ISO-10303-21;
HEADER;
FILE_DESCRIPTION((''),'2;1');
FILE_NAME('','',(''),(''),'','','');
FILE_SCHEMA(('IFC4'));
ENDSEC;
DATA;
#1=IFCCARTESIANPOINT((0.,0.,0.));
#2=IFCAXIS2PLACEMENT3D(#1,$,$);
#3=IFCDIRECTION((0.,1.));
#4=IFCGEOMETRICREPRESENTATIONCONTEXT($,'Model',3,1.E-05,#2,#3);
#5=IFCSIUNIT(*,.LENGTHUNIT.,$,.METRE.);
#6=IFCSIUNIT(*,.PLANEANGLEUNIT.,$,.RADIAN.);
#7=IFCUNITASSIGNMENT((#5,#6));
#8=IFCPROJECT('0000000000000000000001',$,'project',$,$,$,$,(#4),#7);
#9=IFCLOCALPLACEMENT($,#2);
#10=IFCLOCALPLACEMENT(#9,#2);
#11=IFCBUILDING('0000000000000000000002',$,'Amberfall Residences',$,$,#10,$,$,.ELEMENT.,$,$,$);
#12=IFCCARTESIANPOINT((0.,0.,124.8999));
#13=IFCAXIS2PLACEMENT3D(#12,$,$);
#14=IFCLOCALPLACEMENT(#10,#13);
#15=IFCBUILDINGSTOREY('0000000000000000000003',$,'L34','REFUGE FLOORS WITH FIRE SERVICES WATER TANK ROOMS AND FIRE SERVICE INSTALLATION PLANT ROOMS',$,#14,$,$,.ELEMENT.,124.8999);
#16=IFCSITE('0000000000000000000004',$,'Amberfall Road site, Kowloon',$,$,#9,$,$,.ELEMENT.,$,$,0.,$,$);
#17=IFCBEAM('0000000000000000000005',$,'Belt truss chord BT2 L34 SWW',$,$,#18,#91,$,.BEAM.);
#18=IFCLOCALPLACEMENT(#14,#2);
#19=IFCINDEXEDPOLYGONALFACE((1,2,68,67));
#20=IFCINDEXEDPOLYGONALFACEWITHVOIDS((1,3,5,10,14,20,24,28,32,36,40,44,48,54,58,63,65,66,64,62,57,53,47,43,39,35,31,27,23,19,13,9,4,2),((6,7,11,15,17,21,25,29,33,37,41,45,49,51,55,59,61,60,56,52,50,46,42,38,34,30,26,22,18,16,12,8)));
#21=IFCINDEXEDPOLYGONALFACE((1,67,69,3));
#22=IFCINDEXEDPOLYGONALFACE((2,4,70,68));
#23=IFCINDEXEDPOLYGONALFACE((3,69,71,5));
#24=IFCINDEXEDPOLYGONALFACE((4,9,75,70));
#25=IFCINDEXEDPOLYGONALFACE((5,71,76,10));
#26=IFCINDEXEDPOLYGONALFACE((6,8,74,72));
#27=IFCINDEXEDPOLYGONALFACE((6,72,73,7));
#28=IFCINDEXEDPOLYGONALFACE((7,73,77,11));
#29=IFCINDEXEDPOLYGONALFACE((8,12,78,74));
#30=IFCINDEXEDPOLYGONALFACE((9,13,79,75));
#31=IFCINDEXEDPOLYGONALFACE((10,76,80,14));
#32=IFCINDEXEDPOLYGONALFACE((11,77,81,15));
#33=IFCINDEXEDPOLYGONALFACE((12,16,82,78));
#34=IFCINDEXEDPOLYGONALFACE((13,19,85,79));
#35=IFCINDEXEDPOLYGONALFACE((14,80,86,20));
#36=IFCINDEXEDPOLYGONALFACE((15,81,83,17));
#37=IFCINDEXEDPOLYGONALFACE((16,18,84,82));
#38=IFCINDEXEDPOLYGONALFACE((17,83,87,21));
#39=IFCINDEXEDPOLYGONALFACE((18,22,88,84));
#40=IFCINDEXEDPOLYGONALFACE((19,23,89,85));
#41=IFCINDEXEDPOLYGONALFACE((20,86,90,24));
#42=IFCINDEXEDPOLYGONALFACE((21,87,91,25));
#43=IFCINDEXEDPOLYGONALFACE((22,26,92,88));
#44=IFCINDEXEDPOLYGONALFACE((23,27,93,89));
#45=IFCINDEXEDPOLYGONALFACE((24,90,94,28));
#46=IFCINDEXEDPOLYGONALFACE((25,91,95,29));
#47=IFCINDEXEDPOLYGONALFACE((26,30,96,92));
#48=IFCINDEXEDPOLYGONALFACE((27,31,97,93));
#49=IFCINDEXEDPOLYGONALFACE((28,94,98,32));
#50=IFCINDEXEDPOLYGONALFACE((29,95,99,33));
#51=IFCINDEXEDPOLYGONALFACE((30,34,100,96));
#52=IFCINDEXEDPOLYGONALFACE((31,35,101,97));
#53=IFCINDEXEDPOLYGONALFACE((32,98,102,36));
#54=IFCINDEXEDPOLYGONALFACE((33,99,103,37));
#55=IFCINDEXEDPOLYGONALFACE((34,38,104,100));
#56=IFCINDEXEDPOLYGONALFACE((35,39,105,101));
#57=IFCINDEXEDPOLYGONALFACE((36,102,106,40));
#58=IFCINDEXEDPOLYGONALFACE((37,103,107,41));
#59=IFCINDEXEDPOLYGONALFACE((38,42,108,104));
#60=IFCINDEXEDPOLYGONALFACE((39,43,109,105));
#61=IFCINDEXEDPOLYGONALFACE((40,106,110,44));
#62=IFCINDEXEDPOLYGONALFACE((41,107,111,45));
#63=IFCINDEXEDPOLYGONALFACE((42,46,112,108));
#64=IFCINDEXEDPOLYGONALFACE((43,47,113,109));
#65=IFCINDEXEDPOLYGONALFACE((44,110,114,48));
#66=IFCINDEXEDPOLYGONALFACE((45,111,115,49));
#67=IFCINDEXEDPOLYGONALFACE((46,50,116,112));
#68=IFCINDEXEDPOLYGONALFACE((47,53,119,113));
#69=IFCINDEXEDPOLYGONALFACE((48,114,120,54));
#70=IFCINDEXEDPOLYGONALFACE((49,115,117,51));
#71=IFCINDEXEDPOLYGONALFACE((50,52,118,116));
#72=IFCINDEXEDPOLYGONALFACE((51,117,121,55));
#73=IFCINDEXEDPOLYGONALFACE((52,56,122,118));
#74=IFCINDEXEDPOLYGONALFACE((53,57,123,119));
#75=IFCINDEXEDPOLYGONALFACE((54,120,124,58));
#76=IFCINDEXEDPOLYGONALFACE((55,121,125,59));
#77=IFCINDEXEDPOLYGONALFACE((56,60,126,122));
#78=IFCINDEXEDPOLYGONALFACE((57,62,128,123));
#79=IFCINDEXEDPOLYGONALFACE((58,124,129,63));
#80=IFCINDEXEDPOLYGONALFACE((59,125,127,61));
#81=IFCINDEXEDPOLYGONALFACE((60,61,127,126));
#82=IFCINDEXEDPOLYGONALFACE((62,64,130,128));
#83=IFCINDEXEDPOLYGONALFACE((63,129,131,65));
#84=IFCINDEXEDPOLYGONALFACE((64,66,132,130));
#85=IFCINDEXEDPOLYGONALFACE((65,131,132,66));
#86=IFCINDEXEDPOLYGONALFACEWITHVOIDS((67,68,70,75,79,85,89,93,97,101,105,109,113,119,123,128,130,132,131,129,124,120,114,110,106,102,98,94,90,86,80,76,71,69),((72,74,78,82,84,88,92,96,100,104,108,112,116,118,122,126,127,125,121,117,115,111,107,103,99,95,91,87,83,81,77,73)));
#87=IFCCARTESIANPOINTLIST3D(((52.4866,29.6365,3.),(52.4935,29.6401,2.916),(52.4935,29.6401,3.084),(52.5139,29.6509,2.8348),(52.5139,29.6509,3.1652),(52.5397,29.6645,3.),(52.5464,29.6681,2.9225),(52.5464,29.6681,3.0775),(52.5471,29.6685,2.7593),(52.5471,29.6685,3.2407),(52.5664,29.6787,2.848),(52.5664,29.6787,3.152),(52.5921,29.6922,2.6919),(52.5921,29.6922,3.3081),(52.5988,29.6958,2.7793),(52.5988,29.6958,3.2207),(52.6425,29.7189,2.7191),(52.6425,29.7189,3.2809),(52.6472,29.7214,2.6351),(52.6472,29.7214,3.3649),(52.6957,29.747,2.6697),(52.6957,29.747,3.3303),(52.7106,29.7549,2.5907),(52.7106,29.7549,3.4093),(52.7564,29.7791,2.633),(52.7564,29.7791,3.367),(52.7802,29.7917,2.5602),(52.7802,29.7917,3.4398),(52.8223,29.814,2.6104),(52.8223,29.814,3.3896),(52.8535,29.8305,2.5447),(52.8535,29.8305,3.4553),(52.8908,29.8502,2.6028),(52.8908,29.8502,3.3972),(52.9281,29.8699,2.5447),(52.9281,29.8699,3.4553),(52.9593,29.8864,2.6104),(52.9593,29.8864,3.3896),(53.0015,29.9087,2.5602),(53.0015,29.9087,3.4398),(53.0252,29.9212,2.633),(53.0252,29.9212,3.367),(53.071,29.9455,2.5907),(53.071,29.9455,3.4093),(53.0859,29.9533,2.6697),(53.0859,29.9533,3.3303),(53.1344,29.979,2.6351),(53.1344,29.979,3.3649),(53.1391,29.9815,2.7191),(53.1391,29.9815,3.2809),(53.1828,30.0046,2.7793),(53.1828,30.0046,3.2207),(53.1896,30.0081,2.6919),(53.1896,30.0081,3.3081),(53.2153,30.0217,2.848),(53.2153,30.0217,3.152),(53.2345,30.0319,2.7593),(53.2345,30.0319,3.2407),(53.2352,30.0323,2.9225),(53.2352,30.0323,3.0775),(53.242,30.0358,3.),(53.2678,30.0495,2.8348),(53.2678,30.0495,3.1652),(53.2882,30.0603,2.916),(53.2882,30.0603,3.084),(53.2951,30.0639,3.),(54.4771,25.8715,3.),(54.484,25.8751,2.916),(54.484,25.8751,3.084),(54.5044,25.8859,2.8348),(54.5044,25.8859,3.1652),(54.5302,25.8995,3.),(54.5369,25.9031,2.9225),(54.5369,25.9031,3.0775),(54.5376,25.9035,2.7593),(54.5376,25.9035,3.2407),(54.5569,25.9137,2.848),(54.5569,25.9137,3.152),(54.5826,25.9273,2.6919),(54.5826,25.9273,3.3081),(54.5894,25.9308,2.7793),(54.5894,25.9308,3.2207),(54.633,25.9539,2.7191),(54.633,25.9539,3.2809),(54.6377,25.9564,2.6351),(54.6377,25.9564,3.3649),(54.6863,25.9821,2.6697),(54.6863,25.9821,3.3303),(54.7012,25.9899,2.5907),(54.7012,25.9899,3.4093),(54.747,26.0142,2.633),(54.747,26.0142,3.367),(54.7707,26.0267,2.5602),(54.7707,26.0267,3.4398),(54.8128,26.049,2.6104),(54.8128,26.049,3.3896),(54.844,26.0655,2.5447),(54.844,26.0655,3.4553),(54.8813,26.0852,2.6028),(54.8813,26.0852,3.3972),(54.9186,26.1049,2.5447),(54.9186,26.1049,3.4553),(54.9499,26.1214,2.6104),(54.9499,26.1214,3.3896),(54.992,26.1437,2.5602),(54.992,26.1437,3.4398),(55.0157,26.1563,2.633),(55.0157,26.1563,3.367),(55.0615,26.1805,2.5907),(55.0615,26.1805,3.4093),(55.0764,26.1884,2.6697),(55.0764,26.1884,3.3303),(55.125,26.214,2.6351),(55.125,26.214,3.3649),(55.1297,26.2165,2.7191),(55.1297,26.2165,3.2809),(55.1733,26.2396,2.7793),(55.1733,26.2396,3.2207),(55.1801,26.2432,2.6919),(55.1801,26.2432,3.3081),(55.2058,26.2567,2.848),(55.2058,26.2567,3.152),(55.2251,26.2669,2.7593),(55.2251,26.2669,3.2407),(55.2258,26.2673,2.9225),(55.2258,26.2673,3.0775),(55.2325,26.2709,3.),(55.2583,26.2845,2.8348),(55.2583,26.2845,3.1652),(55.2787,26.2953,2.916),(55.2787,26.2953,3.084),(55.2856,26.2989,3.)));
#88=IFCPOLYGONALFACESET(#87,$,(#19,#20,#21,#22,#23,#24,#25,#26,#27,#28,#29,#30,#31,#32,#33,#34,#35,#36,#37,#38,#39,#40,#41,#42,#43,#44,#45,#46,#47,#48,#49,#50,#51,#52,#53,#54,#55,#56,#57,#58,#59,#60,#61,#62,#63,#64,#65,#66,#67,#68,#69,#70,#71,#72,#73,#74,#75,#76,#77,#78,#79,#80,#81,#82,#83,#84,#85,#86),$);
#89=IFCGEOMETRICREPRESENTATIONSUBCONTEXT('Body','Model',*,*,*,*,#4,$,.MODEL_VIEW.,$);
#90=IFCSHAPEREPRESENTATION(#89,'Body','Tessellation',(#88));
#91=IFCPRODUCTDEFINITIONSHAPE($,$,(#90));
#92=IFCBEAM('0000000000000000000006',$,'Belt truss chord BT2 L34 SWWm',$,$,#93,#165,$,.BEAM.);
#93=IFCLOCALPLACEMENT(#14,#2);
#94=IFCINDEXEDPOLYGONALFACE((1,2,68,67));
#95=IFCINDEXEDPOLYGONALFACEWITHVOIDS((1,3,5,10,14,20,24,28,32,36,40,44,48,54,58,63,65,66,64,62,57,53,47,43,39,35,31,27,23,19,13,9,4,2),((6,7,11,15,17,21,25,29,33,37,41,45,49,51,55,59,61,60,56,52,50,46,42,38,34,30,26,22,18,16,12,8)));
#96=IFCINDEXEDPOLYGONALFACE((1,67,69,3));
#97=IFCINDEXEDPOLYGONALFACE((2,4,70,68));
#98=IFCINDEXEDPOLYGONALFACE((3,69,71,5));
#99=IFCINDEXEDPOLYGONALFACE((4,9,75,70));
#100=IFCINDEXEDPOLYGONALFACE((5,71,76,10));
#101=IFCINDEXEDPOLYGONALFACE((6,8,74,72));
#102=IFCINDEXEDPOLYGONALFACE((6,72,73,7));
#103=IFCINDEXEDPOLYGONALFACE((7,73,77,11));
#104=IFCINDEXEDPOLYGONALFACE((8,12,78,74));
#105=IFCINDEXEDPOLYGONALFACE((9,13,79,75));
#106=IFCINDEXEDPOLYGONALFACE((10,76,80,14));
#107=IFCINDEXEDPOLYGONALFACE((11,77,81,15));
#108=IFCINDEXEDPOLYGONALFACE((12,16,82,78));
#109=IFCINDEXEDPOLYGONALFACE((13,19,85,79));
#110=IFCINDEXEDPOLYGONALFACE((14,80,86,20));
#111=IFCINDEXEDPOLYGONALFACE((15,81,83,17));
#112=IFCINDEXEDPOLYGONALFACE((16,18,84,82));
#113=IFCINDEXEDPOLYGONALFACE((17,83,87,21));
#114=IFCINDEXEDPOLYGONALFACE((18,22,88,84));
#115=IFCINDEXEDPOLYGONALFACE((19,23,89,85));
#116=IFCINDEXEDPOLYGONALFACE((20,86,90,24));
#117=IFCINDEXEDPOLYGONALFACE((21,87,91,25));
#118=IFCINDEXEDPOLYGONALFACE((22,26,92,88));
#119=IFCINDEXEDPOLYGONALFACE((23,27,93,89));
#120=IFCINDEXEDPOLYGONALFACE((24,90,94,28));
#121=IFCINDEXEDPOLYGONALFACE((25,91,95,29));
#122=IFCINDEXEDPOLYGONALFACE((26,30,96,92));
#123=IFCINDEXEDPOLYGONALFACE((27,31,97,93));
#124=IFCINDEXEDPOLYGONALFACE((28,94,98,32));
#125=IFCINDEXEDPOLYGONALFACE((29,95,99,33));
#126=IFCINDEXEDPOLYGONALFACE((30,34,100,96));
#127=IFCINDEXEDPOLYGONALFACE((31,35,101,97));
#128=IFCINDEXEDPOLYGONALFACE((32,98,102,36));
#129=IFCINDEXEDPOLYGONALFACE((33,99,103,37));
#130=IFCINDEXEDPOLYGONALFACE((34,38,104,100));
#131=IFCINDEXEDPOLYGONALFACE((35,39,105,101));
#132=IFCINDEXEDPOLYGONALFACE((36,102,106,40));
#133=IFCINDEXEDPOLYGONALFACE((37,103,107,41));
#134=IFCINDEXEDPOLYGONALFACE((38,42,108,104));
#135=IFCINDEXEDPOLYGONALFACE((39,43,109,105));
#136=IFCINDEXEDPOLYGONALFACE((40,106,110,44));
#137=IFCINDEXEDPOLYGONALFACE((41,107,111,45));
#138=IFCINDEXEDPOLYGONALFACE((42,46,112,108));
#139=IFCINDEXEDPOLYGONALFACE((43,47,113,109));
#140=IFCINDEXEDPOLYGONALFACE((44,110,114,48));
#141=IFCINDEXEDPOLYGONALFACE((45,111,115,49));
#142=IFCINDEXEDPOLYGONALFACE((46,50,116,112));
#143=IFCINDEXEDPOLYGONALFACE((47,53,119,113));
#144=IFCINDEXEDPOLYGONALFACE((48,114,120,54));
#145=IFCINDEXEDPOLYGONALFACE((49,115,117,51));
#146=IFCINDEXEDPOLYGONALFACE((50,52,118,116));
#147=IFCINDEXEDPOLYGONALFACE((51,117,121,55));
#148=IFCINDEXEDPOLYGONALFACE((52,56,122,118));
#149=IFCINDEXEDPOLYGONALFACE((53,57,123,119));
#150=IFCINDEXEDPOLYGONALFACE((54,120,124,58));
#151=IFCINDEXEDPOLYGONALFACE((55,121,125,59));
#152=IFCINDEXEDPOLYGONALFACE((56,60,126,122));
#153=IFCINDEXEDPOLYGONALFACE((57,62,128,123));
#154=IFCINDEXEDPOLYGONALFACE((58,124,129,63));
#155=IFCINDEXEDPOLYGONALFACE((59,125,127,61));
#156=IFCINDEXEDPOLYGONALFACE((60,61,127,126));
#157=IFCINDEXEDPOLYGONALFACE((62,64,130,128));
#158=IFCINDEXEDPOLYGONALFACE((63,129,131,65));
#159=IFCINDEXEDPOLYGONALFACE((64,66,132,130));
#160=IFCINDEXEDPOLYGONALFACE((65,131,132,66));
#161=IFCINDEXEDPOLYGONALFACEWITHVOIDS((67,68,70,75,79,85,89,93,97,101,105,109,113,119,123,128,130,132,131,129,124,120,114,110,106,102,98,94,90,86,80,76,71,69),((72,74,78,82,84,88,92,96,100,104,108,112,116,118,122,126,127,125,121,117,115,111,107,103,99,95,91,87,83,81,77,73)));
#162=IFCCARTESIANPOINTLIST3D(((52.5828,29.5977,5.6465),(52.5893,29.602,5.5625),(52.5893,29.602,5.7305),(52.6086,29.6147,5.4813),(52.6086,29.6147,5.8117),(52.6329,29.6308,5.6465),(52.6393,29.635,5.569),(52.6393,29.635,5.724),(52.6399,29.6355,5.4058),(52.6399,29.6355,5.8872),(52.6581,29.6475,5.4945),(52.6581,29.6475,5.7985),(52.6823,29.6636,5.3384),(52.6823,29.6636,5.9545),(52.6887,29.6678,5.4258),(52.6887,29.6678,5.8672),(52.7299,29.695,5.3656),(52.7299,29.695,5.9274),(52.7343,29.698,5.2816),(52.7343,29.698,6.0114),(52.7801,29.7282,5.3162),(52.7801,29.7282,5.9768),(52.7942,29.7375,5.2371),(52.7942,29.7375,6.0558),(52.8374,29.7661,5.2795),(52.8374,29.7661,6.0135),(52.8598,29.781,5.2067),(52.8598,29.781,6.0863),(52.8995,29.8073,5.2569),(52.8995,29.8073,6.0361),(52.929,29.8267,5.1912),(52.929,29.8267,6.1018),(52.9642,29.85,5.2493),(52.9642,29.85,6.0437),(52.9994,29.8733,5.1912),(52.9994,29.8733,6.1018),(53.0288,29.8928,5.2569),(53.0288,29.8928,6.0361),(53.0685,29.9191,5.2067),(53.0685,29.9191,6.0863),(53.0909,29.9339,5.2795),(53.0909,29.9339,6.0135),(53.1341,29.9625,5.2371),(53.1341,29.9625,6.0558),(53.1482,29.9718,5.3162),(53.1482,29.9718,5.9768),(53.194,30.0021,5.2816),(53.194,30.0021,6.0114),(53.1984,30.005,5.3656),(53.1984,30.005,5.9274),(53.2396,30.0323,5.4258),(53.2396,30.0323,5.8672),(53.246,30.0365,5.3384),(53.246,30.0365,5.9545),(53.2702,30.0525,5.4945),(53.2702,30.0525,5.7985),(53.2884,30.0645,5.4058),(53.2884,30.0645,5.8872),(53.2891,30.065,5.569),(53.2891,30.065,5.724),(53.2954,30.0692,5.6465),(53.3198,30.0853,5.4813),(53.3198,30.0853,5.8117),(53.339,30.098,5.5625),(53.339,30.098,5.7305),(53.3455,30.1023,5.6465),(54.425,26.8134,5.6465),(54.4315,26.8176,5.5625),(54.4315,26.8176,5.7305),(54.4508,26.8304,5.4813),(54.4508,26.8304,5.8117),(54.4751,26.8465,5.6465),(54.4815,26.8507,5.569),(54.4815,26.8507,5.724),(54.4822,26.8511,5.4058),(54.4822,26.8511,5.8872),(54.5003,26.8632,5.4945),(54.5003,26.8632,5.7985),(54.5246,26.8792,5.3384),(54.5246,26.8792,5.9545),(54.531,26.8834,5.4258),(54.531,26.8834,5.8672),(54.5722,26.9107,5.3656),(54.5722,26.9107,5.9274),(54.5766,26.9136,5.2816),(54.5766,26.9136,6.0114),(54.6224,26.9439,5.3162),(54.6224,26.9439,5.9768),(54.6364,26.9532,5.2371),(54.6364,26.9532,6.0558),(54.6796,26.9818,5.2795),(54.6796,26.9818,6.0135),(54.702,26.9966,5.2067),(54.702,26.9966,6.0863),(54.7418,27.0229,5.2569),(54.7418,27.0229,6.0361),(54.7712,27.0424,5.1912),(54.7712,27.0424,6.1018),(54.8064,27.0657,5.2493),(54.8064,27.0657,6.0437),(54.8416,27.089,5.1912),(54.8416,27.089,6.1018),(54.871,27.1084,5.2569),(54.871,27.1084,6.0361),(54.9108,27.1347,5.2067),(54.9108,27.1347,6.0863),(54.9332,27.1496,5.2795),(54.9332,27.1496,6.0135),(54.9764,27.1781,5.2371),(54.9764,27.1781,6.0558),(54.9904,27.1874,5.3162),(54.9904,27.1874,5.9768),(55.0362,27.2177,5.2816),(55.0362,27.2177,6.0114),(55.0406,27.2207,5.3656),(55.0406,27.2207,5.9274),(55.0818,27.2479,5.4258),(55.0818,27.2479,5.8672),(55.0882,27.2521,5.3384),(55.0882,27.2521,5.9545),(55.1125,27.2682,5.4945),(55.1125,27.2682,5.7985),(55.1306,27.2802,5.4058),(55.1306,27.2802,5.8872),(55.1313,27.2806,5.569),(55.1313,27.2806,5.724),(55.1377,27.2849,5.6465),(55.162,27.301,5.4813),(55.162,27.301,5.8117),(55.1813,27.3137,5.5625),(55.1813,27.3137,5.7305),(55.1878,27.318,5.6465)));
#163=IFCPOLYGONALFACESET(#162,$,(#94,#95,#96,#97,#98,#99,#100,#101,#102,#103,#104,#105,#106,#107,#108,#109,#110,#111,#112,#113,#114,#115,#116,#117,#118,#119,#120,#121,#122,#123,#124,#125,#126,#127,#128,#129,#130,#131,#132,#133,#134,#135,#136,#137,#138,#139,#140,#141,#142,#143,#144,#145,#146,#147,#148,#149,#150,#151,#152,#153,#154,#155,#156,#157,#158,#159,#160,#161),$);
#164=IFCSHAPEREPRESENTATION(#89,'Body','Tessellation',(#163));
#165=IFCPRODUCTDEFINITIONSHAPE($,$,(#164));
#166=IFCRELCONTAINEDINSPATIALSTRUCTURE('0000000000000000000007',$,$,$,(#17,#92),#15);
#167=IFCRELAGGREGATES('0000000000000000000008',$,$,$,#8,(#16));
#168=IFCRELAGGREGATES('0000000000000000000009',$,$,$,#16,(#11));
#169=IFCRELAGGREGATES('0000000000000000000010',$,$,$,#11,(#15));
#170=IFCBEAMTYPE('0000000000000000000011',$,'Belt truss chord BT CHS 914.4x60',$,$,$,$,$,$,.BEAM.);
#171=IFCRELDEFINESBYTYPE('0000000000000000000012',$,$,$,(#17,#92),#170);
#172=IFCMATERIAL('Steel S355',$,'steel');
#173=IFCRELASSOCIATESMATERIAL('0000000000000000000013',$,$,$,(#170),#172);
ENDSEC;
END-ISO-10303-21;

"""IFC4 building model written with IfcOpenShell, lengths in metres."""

from ifc_helpers import new_model, si_unit, direction, frame, origin, origin_2d, place, context, subcontext, project, spatial, hollow_circle, extrude, material, material_profile, profile_set, type_object, element, save


model = new_model("IFC4")

# Units and contexts
model_context = context("Model", 3, precision=1e-05, world=origin(), true_north=direction((0.0, 1.0)))
body_context = subcontext(model_context, "Body", "Model", "MODEL_VIEW")
ifc_project = project(units=[si_unit("LENGTHUNIT", "METRE"), si_unit("PLANEANGLEUNIT", "RADIAN")], contexts=[model_context])

# Site, building, storey
site_placement = place(None, origin())
site = spatial("IfcSite", under=ifc_project, at=site_placement, Name="Amberfall Road site, Kowloon", CompositionType="ELEMENT", RefElevation=0.0)
building_placement = place(site_placement, origin())
building = spatial("IfcBuilding", under=site, at=building_placement, Name="Amberfall Residences", CompositionType="ELEMENT")
storey_placement = place(building_placement, frame((0.0, 0.0, 124.8999)))
storey = spatial("IfcBuildingStorey", under=building, at=storey_placement, Name="L34", Description="REFUGE FLOORS WITH FIRE SERVICES WATER TANK ROOMS AND FIRE SERVICE INSTALLATION PLANT ROOMS", CompositionType="ELEMENT", Elevation=124.8999)

# Beams
ifc_material_1 = material(Name="Steel S355", Category="steel")
ifc_material_profile_1 = material_profile(ifc_material_1, hollow_circle(Radius=0.4573, WallThickness=0.0601, at=origin_2d()), Name="CHS 914.4x60")
ifc_profile_set_1 = profile_set([ifc_material_profile_1], Name="Steel S355")
beam_type_1 = type_object("IfcBeamType", Name="Belt truss chord BT CHS 914.4x60", PredefinedType="BEAM", material=ifc_profile_set_1)
beam_1_placement = place(storey_placement, frame((54.8813, 26.0852, 3.0), z_axis=(-0.467392, 0.88405, 0.0), x_axis=(-0.88405, -0.467392, 0.0)))
element("IfcBeam", 1, at=beam_1_placement, inside=storey, type_object=beam_type_1, Name="Belt truss chord BT2 L34 SWW", PredefinedType="BEAM", context=body_context, shape_type="SweptSolid", body=[
    extrude(hollow_circle(Radius=0.4573, WallThickness=0.0601, at=origin_2d()), origin(), (0.0, 0.0, 1.0), 4.2588),
])
beam_2_placement = place(storey_placement, frame((54.8064, 27.0657, 5.6465), z_axis=(-0.551794, 0.83398, 0.0), x_axis=(-0.83398, -0.551794, 0.0)))
element("IfcBeam", 2, at=beam_2_placement, inside=storey, type_object=beam_type_1, Name="Belt truss chord BT2 L34 SWWm", PredefinedType="BEAM", context=body_context, shape_type="SweptSolid", body=[
    extrude(hollow_circle(Radius=0.4573, WallThickness=0.0601, at=origin_2d()), origin(), (0.0, 0.0, 1.0), 3.3386),
])

save(model, "model.ifc")
